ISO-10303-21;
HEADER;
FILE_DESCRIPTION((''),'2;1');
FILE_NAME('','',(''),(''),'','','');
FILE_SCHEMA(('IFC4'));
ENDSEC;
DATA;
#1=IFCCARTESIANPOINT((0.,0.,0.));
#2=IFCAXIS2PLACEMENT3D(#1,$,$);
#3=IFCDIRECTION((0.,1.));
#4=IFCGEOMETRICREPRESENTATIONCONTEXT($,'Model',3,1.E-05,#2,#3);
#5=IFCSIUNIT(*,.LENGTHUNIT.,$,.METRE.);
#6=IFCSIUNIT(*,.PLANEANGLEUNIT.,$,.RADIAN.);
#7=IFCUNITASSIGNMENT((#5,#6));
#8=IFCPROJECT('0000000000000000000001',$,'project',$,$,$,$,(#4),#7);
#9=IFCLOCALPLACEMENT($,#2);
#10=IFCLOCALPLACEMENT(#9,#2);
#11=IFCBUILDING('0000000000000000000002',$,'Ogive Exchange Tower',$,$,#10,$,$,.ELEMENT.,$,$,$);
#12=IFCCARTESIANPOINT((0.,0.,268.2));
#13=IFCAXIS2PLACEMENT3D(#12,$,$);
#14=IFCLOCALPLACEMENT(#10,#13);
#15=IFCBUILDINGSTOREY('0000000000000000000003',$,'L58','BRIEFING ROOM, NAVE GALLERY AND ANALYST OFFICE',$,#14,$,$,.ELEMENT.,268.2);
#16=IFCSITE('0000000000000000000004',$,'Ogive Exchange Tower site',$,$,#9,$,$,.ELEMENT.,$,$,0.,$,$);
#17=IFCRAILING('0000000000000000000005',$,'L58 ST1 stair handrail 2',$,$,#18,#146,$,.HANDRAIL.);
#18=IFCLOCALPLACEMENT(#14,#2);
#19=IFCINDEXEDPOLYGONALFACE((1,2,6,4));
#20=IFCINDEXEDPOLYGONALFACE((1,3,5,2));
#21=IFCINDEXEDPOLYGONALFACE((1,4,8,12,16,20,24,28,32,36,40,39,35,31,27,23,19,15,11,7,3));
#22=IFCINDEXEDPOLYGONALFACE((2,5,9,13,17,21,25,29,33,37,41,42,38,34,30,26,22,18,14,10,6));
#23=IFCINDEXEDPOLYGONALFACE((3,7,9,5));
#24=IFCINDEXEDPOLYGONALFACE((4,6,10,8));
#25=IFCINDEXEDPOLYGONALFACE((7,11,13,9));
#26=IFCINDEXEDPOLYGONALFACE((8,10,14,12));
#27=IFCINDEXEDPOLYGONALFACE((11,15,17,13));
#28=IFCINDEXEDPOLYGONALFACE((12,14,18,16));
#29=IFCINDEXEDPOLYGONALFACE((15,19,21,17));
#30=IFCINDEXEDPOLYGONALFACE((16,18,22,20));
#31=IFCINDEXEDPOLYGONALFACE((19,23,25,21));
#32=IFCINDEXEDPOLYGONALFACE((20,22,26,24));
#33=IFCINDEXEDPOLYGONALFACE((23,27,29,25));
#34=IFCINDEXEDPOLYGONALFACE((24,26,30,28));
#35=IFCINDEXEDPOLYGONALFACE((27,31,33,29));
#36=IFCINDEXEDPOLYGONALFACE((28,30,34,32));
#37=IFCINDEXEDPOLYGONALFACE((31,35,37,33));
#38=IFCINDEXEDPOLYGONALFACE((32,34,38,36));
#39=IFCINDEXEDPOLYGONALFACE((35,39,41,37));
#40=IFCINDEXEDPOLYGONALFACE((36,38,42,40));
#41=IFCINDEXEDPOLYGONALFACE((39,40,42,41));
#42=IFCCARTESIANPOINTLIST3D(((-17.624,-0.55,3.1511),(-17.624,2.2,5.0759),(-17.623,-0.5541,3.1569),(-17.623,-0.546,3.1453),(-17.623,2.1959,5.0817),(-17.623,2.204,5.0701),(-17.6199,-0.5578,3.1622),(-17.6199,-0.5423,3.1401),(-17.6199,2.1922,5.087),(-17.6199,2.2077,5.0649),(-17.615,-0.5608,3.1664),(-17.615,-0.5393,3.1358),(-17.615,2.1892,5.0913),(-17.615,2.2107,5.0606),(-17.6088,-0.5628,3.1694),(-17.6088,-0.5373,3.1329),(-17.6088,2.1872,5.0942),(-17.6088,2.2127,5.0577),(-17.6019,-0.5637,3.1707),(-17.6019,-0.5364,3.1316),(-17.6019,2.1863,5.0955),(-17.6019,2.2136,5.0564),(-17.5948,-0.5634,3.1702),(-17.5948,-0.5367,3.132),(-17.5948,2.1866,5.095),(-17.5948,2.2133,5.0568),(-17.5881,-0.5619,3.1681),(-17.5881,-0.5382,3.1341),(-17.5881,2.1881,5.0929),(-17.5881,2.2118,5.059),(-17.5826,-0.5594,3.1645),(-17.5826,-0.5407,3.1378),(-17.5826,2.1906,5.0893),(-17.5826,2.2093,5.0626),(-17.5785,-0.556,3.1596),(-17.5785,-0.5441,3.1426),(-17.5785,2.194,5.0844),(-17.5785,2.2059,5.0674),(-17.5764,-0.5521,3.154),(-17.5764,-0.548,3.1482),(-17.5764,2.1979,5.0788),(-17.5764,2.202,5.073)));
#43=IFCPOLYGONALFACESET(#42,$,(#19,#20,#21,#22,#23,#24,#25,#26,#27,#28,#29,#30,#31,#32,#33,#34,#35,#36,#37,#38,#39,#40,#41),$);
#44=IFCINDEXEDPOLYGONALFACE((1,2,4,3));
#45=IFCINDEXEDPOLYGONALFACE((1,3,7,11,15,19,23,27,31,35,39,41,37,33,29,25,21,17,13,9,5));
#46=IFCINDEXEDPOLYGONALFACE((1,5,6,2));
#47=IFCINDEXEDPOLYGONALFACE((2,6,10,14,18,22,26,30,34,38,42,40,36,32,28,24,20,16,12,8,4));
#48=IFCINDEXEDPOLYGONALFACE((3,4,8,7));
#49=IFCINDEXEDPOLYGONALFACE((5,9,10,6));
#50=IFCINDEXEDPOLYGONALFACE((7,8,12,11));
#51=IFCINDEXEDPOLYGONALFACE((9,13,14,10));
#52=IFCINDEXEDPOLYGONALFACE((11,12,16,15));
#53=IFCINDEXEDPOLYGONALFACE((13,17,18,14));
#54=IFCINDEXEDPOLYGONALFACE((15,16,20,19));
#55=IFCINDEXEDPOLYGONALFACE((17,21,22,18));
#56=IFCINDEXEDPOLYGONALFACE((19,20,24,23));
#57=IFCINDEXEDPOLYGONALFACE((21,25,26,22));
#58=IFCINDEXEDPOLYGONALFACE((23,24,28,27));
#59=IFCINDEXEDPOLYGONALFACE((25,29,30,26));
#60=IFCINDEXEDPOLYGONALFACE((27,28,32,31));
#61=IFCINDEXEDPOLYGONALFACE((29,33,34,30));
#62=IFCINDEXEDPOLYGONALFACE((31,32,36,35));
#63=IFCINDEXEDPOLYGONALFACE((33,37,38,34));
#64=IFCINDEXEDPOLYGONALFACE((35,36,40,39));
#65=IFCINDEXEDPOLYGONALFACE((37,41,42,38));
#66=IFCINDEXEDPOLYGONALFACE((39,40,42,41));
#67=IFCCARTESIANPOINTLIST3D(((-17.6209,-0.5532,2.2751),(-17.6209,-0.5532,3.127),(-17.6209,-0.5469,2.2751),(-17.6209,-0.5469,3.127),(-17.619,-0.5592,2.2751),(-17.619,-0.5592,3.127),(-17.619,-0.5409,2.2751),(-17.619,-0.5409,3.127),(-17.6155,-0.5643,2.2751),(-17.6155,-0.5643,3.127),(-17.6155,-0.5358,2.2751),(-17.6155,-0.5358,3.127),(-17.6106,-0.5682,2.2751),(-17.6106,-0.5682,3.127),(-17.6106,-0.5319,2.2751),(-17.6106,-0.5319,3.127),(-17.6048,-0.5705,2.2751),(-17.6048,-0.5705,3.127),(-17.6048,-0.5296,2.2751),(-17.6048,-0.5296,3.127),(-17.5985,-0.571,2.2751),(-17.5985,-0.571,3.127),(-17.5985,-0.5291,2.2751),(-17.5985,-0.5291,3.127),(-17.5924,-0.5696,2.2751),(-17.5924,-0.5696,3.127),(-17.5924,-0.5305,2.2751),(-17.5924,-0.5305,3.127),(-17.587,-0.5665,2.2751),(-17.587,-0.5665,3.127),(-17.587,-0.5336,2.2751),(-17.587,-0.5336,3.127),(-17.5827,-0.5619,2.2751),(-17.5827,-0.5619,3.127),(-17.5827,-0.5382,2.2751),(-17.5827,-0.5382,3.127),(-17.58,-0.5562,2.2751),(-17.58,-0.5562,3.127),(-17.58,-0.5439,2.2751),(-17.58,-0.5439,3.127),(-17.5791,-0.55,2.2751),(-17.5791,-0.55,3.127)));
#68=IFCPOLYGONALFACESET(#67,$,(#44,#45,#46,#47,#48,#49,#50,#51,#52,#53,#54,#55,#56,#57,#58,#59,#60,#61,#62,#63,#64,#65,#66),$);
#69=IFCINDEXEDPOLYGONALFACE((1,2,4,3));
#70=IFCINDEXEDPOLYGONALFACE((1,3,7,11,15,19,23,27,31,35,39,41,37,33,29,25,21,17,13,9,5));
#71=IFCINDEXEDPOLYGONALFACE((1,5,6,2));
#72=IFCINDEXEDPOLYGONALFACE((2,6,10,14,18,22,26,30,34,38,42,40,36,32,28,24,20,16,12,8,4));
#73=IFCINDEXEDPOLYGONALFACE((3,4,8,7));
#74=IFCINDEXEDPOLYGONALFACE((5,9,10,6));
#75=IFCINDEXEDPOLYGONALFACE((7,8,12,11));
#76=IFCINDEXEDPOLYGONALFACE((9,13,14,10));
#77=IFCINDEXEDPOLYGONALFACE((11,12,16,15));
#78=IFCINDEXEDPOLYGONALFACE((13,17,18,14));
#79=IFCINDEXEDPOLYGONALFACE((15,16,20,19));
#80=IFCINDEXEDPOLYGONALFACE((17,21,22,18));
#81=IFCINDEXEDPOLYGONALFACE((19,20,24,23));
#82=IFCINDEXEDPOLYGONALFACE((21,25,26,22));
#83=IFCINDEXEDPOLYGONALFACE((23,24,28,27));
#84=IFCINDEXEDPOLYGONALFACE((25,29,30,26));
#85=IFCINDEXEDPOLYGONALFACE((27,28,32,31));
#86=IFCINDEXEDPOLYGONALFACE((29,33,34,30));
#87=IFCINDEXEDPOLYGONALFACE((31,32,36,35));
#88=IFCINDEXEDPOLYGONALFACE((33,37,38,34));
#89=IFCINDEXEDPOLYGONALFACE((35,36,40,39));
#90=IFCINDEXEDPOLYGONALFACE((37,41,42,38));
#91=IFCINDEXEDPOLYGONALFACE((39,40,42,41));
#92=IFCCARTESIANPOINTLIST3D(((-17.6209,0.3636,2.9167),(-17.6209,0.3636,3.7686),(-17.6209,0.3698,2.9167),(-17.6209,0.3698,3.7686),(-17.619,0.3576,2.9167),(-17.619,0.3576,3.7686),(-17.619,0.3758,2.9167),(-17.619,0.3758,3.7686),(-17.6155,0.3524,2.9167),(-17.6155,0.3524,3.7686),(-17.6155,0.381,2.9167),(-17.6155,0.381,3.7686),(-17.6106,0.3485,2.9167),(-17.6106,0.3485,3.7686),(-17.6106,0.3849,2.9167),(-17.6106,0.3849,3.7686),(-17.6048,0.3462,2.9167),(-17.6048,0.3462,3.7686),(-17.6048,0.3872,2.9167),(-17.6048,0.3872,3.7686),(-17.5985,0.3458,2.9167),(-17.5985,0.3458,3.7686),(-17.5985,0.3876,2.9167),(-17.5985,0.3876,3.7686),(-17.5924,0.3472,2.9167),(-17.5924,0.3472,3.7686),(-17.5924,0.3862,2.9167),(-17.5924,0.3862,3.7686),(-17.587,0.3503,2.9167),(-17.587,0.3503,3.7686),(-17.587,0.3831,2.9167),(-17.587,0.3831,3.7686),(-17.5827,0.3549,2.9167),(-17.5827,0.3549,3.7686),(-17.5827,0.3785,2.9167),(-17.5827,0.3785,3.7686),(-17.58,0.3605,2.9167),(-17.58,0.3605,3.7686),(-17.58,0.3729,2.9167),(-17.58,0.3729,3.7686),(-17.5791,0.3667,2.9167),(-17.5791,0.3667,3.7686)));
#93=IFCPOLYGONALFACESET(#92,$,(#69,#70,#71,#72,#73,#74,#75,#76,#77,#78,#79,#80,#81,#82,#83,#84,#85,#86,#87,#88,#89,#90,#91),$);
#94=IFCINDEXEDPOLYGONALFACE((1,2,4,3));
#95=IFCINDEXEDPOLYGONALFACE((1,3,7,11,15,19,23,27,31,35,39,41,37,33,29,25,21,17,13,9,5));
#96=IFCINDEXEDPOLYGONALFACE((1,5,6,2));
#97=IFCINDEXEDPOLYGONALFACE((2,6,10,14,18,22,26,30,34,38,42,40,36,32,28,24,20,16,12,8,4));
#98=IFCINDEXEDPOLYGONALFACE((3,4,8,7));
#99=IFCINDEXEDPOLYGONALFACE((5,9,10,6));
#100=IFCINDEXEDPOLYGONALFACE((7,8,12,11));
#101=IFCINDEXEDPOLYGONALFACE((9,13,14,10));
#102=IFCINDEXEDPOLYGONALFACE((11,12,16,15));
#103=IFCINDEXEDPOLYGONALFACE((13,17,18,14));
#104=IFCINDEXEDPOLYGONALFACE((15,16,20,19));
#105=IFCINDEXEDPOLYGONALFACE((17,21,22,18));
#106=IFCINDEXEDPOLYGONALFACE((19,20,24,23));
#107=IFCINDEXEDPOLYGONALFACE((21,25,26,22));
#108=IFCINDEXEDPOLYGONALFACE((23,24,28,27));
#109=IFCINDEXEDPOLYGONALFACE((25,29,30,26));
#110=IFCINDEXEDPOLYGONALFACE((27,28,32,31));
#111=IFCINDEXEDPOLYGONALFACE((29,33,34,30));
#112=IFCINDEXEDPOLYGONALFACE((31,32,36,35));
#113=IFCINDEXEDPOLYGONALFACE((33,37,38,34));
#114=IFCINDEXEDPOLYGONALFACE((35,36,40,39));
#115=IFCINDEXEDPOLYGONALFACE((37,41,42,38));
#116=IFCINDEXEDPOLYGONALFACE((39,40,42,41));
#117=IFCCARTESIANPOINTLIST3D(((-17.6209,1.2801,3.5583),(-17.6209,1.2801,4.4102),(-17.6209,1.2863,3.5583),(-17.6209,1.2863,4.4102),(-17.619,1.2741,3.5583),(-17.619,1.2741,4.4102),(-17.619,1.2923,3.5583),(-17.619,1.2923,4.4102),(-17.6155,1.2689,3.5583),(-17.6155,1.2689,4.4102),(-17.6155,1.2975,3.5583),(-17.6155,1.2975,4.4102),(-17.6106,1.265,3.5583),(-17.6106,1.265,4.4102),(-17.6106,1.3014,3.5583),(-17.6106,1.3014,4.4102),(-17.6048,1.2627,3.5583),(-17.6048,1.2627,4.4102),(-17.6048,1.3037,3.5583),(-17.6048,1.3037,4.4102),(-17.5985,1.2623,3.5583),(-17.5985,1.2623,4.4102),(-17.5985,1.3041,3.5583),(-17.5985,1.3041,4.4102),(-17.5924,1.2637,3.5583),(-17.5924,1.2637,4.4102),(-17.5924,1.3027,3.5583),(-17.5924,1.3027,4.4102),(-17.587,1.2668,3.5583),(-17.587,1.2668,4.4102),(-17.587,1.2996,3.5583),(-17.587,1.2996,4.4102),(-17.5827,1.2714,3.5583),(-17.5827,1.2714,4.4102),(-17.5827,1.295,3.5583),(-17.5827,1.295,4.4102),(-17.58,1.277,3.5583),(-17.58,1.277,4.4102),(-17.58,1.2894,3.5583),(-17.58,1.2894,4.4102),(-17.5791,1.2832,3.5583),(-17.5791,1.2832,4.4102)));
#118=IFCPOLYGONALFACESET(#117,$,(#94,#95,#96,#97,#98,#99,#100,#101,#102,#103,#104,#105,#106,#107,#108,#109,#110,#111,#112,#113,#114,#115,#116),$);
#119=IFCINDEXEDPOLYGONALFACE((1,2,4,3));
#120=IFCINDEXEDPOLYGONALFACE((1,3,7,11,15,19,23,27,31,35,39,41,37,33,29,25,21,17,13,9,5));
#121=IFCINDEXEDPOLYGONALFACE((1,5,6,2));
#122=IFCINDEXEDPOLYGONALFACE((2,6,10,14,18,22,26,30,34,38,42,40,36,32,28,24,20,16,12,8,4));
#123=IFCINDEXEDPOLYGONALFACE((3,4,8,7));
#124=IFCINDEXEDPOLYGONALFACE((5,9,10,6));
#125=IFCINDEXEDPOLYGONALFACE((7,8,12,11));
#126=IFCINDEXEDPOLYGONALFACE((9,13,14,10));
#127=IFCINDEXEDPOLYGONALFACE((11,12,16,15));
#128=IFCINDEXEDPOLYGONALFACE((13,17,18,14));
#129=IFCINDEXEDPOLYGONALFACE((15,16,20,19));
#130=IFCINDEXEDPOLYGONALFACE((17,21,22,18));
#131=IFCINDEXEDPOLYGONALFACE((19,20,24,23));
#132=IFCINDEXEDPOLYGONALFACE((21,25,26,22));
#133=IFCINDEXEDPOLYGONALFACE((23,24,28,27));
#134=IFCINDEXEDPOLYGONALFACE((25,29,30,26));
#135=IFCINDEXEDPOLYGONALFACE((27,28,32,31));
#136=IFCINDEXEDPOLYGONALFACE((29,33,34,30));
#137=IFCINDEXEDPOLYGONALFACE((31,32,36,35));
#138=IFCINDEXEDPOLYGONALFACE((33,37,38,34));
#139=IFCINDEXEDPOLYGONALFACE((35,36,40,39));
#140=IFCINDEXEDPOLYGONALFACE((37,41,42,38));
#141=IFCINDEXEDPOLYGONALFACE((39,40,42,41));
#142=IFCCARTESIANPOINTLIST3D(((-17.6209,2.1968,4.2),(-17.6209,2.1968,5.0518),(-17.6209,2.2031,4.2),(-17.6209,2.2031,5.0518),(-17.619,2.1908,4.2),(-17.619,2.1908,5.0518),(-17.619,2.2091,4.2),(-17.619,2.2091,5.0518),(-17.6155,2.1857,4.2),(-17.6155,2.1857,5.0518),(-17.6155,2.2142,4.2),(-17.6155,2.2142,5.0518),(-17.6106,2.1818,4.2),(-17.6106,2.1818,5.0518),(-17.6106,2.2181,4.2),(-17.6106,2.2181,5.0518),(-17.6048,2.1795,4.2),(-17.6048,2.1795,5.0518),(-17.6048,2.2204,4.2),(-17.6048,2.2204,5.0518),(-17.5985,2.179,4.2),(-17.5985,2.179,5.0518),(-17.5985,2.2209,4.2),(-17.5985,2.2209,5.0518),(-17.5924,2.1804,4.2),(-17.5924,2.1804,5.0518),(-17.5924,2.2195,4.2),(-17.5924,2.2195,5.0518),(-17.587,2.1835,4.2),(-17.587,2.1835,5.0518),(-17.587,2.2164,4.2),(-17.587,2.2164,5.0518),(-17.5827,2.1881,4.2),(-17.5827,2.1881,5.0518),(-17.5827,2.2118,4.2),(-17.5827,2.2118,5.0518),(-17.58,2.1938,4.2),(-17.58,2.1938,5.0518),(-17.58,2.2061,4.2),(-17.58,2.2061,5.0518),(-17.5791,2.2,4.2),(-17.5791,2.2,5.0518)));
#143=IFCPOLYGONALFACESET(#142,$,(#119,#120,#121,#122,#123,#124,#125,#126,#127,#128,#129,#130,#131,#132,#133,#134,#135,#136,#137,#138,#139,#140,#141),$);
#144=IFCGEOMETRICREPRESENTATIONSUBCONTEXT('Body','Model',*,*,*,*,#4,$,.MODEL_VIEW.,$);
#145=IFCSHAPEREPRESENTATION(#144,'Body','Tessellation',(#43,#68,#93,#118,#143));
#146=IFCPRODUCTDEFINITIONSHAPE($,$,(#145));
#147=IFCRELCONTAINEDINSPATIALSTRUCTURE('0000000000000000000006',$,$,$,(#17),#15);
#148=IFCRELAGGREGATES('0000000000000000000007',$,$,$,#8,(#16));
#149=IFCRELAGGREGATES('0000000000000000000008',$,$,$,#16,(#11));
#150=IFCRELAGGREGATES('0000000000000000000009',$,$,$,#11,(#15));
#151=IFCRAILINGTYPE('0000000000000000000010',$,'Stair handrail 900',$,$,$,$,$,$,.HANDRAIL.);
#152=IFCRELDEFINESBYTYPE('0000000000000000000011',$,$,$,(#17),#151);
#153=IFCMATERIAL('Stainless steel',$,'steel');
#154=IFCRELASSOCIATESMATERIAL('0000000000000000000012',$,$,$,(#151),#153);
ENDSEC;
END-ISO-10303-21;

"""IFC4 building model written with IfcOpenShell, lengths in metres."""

from ifc_helpers import new_model, si_unit, direction, frame, origin, origin_2d, place, context, subcontext, project, spatial, circle, extrude, material, type_object, element, save


model = new_model("IFC4")

# Units and contexts
model_context = context("Model", 3, precision=1e-05, world=origin(), true_north=direction((0.0, 1.0)))
body_context = subcontext(model_context, "Body", "Model", "MODEL_VIEW")
ifc_project = project(units=[si_unit("LENGTHUNIT", "METRE"), si_unit("PLANEANGLEUNIT", "RADIAN")], contexts=[model_context])

# Site, building, storey
site_placement = place(None, origin())
site = spatial("IfcSite", under=ifc_project, at=site_placement, Name="Ogive Exchange Tower site", CompositionType="ELEMENT", RefElevation=0.0)
building_placement = place(site_placement, origin())
building = spatial("IfcBuilding", under=site, at=building_placement, Name="Ogive Exchange Tower", CompositionType="ELEMENT")
storey_placement = place(building_placement, frame((0.0, 0.0, 268.2)))
storey = spatial("IfcBuildingStorey", under=building, at=storey_placement, Name="L58", Description="BRIEFING ROOM, NAVE GALLERY AND ANALYST OFFICE", CompositionType="ELEMENT", Elevation=268.2)

# Shared definitions
ifc_material_1 = material(Name="Stainless steel", Category="steel")

# Railing
railing_type = type_object("IfcRailingType", Name="Stair handrail 900", PredefinedType="HANDRAIL", material=ifc_material_1)
railing_placement = place(storey_placement, frame((-17.6001, -0.55, 2.2751)))
element("IfcRailing", 1, at=railing_placement, inside=storey, type_object=railing_type, Name="L58 ST1 stair handrail 2", PredefinedType="HANDRAIL", context=body_context, shape_type="SweptSolid", body=[
    extrude(circle(Radius=0.0239, at=origin_2d()), frame((0.0, 0.0, 0.876), z_axis=(0.0, 0.819259, 0.573423), x_axis=(-1.0, 0.0, 0.0)), (0.0, 0.0, 1.0), 3.3567),
    extrude(circle(Radius=0.021, at=origin_2d()), origin(), (0.0, 0.0, 1.0), 0.8518),
    extrude(circle(Radius=0.021, at=origin_2d()), frame((0.0, 0.9167, 0.6416)), (0.0, 0.0, 1.0), 0.8518),
    extrude(circle(Radius=0.021, at=origin_2d()), frame((0.0, 1.8333, 1.2832)), (0.0, 0.0, 1.0), 0.8518),
    extrude(circle(Radius=0.021, at=origin_2d()), frame((0.0, 2.75, 1.9248)), (0.0, 0.0, 1.0), 0.8518),
])

save(model, "model.ifc")
